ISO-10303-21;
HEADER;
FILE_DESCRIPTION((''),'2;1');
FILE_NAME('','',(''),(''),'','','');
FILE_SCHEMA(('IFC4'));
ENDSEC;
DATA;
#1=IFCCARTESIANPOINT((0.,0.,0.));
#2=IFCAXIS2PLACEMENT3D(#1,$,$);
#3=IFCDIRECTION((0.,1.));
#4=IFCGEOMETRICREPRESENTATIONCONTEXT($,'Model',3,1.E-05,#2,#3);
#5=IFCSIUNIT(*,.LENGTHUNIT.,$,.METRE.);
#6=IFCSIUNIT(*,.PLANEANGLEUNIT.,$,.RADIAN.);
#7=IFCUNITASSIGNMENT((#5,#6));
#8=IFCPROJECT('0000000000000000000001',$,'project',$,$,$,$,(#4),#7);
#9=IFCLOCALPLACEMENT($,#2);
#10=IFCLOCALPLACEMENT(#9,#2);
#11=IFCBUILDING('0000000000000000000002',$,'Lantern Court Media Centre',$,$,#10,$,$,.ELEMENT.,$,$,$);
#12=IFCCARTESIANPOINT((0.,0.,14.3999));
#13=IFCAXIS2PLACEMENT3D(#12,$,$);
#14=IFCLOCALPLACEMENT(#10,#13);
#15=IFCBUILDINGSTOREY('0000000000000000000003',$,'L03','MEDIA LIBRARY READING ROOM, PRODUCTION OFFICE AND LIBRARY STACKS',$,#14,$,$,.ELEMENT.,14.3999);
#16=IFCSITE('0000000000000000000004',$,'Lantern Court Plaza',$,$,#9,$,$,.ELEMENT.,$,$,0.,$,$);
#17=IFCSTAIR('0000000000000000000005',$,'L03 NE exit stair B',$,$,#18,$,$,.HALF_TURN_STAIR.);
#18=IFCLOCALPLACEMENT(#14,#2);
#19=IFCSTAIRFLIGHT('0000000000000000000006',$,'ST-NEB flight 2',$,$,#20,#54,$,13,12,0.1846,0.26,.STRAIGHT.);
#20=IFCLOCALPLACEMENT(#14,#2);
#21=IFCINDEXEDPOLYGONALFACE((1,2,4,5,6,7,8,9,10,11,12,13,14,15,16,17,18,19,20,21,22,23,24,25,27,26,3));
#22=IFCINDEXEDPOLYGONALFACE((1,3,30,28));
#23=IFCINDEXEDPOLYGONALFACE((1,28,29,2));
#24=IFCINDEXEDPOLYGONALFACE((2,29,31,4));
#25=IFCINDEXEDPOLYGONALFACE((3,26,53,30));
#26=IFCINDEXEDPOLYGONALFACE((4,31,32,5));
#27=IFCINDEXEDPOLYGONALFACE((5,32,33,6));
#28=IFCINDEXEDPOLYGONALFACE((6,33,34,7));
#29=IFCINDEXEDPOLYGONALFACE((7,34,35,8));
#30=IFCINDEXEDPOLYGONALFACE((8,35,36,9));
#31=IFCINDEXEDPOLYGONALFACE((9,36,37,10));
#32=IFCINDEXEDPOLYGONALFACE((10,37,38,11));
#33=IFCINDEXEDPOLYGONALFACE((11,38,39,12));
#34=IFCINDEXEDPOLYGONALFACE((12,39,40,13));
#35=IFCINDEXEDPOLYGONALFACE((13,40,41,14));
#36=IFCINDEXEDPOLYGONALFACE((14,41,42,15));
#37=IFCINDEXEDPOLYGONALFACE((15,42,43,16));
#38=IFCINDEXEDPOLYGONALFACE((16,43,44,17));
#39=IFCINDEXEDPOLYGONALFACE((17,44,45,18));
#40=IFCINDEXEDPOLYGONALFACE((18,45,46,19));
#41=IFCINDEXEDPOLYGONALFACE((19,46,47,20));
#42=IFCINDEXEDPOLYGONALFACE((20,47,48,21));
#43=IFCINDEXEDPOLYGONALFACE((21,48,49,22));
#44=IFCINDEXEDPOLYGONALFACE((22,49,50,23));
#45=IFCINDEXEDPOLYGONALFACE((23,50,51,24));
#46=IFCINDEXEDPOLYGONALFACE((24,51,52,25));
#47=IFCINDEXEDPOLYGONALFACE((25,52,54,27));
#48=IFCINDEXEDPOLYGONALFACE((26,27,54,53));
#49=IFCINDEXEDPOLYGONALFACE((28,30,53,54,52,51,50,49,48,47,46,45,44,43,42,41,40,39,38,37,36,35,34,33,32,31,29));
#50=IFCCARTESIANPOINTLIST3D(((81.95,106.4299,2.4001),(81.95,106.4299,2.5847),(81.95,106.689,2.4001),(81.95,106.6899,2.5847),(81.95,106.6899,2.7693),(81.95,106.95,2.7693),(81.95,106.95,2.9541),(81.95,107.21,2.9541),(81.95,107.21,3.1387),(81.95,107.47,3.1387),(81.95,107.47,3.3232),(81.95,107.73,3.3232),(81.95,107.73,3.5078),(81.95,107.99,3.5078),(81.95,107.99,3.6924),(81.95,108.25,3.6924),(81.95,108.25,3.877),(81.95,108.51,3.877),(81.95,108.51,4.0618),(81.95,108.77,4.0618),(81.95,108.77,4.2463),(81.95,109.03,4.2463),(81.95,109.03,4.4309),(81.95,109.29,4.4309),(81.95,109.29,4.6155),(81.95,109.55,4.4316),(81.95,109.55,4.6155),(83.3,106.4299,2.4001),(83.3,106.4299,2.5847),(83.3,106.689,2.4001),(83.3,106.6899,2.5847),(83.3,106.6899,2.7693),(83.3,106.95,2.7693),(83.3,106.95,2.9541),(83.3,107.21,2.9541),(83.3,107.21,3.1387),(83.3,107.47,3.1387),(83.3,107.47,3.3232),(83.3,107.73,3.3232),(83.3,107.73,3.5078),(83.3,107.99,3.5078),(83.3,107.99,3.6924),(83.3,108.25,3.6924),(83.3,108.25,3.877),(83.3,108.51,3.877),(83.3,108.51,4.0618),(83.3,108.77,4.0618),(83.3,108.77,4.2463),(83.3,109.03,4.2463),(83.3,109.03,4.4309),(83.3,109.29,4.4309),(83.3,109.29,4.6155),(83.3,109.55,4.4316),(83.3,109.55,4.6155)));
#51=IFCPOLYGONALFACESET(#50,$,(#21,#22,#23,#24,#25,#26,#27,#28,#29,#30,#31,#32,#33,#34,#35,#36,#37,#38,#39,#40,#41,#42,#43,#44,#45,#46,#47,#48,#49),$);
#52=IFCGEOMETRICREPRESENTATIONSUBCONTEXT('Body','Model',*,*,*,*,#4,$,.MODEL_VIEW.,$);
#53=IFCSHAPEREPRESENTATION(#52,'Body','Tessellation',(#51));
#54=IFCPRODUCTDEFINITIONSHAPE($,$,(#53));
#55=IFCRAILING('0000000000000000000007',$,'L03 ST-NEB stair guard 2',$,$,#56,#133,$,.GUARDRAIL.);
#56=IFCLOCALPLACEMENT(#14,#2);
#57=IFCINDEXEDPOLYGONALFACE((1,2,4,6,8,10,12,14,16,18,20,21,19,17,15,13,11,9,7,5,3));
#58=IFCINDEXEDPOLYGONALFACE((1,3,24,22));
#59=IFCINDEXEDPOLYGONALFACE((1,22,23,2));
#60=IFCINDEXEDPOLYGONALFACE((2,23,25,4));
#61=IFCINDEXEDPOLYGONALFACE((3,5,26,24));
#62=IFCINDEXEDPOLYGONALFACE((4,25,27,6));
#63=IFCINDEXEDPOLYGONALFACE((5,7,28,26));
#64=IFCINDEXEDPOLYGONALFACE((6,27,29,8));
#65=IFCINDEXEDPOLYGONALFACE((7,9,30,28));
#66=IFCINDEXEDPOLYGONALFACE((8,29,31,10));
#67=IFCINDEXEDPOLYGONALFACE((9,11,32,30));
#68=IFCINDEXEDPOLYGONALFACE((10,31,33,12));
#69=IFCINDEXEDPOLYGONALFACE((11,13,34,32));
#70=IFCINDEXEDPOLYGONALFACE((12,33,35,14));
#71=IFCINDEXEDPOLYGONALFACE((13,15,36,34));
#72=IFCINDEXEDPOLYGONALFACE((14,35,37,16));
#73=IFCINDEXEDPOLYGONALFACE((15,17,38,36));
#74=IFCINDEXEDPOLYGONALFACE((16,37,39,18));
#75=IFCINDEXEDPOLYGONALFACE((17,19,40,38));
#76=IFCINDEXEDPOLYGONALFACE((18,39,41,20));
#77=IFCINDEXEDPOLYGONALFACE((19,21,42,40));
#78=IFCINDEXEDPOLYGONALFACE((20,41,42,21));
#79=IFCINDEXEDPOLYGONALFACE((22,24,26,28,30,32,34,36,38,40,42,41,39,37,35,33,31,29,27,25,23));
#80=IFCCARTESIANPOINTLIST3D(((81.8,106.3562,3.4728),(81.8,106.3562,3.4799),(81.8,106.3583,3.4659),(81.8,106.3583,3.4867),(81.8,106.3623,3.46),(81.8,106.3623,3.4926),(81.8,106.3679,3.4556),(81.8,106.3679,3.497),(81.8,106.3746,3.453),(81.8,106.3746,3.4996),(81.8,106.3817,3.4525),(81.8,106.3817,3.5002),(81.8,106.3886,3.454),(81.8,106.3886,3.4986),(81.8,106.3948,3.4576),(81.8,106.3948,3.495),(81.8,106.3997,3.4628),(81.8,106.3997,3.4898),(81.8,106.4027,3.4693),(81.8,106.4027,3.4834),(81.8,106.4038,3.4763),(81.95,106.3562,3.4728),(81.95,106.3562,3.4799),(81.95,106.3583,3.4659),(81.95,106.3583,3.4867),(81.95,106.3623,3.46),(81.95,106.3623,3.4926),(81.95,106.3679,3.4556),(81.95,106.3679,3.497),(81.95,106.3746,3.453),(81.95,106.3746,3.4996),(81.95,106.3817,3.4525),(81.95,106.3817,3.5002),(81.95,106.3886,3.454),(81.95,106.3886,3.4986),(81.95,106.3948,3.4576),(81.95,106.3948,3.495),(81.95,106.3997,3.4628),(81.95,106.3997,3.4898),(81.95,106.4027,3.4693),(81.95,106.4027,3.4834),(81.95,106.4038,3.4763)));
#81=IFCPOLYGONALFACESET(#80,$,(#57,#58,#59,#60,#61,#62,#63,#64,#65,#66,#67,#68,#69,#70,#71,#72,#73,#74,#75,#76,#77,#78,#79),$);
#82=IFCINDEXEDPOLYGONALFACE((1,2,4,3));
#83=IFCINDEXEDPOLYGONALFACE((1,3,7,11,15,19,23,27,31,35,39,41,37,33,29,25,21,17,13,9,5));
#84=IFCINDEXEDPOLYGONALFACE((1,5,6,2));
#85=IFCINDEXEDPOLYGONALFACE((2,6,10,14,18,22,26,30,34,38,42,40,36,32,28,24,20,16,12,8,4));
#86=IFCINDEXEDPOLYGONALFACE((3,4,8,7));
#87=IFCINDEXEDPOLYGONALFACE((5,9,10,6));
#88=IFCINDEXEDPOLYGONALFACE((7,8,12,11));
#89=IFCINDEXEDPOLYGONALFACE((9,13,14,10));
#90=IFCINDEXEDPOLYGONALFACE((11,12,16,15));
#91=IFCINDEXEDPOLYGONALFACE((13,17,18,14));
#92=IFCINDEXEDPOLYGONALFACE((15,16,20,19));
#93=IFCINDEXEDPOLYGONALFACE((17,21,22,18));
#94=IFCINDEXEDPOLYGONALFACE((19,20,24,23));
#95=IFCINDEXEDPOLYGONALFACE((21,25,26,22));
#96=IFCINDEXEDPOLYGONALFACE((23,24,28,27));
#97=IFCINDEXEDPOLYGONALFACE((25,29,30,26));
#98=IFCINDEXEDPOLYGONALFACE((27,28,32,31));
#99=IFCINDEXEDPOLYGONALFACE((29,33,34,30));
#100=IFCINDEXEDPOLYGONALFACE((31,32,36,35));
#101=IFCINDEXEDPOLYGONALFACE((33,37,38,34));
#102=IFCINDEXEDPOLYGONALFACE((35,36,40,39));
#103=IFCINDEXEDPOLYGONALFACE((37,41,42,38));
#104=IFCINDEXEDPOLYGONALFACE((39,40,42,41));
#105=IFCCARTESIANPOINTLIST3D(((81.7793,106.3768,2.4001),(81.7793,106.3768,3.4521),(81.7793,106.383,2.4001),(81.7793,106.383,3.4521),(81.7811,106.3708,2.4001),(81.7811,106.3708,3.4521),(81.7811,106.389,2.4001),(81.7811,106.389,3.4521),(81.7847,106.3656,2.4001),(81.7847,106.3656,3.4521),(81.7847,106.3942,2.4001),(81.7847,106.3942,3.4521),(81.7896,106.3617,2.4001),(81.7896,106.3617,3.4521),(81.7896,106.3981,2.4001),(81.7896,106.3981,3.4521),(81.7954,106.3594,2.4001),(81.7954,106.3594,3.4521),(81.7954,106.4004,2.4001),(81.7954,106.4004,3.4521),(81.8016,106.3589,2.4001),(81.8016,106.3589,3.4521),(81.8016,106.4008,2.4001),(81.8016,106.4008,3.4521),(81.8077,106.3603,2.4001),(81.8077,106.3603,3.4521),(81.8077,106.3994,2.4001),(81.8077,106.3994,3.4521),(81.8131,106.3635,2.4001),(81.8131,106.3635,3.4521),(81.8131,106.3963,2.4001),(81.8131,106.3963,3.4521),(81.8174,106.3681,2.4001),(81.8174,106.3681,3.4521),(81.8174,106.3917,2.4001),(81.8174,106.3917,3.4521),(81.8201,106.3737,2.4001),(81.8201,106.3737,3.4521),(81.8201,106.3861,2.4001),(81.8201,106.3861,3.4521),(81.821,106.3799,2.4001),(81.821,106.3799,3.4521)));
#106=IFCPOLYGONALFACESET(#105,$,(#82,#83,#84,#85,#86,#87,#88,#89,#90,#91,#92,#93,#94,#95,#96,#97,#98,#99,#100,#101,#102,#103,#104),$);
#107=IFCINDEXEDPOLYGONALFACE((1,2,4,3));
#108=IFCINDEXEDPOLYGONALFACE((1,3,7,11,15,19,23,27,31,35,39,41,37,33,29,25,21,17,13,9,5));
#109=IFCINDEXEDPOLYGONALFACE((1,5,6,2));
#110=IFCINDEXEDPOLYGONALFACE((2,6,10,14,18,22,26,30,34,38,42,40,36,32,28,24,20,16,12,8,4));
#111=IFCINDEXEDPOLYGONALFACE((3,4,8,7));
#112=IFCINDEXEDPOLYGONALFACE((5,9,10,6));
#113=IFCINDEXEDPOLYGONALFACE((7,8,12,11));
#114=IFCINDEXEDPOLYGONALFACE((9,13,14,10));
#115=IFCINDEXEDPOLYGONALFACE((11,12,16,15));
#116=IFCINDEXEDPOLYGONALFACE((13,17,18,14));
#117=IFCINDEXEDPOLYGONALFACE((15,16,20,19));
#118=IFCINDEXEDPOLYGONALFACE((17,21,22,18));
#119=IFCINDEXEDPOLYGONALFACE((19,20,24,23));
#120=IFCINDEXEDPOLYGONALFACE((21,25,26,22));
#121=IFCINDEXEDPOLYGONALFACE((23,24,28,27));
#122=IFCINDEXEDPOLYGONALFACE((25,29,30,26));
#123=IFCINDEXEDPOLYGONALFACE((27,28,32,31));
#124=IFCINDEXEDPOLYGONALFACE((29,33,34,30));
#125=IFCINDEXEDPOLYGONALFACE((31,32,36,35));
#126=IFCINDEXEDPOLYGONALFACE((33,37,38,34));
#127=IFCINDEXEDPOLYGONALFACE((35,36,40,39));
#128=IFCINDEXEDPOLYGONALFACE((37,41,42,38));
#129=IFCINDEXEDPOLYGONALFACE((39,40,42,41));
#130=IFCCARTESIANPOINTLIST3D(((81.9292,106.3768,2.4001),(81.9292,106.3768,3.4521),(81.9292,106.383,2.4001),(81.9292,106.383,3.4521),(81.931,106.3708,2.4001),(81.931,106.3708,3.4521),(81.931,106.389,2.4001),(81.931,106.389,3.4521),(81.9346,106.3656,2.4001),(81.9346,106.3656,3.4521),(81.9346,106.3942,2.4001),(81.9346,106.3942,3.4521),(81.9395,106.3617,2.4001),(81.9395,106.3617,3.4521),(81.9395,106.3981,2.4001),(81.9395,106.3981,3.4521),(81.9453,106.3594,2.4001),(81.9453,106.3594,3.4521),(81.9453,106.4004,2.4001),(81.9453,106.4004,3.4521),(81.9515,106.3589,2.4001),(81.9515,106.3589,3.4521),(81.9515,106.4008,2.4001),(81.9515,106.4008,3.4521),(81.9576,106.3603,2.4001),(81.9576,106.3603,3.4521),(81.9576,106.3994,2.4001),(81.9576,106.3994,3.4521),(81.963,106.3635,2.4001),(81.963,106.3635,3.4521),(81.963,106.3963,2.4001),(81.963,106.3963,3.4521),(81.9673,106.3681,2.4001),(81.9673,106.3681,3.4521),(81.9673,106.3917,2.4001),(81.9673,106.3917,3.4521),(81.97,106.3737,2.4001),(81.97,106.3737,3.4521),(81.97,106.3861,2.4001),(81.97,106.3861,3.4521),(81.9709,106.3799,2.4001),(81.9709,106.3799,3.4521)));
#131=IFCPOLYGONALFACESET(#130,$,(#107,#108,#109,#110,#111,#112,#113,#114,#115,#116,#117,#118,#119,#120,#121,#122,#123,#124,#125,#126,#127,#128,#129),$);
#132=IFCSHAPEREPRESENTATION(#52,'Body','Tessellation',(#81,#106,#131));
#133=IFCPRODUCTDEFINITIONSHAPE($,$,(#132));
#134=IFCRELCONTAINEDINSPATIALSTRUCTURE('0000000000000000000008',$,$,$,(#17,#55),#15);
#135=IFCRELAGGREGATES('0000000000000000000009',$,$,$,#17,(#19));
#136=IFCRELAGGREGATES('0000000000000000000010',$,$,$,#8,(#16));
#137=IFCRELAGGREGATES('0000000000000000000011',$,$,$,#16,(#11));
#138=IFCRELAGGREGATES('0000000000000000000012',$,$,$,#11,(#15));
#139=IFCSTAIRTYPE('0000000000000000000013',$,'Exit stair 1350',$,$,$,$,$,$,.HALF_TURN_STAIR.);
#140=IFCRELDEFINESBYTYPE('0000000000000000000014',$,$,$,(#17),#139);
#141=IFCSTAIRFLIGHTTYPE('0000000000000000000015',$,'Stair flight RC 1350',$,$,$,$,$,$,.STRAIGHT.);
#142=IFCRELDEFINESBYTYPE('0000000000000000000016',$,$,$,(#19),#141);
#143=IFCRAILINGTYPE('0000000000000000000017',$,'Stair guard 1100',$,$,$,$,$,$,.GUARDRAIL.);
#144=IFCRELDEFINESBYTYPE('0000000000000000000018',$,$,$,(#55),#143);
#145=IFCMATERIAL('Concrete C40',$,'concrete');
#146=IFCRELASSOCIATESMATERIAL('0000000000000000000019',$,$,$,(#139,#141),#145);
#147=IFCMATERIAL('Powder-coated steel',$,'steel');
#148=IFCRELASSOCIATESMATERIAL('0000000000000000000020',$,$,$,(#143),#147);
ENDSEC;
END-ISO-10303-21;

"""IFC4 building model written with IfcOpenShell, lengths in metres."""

from ifc_helpers import new_model, si_unit, direction, frame, origin, origin_2d, place, context, subcontext, project, spatial, polyline, circle, outline, extrude, material, type_object, element, aggregate, save


model = new_model("IFC4")

# Units and contexts
model_context = context("Model", 3, precision=1e-05, world=origin(), true_north=direction((0.0, 1.0)))
body_context = subcontext(model_context, "Body", "Model", "MODEL_VIEW")
ifc_project = project(units=[si_unit("LENGTHUNIT", "METRE"), si_unit("PLANEANGLEUNIT", "RADIAN")], contexts=[model_context])

# Site, building, storey
site_placement = place(None, origin())
site = spatial("IfcSite", under=ifc_project, at=site_placement, Name="Lantern Court Plaza", CompositionType="ELEMENT", RefElevation=0.0)
building_placement = place(site_placement, origin())
building = spatial("IfcBuilding", under=site, at=building_placement, Name="Lantern Court Media Centre", CompositionType="ELEMENT")
storey_placement = place(building_placement, frame((0.0, 0.0, 14.3999)))
storey = spatial("IfcBuildingStorey", under=building, at=storey_placement, Name="L03", Description="MEDIA LIBRARY READING ROOM, PRODUCTION OFFICE AND LIBRARY STACKS", CompositionType="ELEMENT", Elevation=14.3999)

# Shared definitions
ifc_material_1 = material(Name="Concrete C40", Category="concrete")

# Stair, stair flight
stair_type = type_object("IfcStairType", Name="Exit stair 1350", PredefinedType="HALF_TURN_STAIR", material=ifc_material_1)
stair_placement = place(storey_placement, origin())
stair = element("IfcStair", 1, at=stair_placement, inside=storey, type_object=stair_type, Name="L03 NE exit stair B", PredefinedType="HALF_TURN_STAIR")
stair_flight_type = type_object("IfcStairFlightType", Name="Stair flight RC 1350", PredefinedType="STRAIGHT", material=ifc_material_1)
stair_flight_1_placement = place(storey_placement, frame((82.625, 106.4299, 2.4001), z_axis=(0.0, 0.0, 1.0), x_axis=(0.0, 1.0, 0.0)))
stair_flight_1 = element("IfcStairFlight", 2, at=stair_flight_1_placement, type_object=stair_flight_type, Name="ST-NEB flight 2", NumberOfRisers=13, NumberOfTreads=12, PredefinedType="STRAIGHT", RiserHeight=0.1846, TreadLength=0.26, context=body_context, shape_type="SweptSolid", body=[
    extrude(outline(polyline([(0.0, 0.0), (0.0, 0.1846), (0.26, 0.1846), (0.26, 0.3691), (0.52, 0.3691), (0.52, 0.554), (0.78, 0.554), (0.78, 0.7385), (1.04, 0.7385), (1.04, 0.9231), (1.3, 0.9231), (1.3, 1.1077), (1.5601, 1.1077), (1.5601, 1.2922), (1.8201, 1.2922), (1.8201, 1.4768), (2.0801, 1.4768), (2.0801, 1.6616), (2.3401, 1.6616), (2.3401, 1.8462), (2.6001, 1.8462), (2.6001, 2.0308), (2.8601, 2.0308), (2.8601, 2.2153), (3.1201, 2.2153), (3.1201, 2.3999), (3.1201, 2.0315), (0.259, 0.0), (0.0, 0.0)])), frame((0.0, 0.675, 0.0), z_axis=(0.0, -1.0, 0.0), x_axis=(1.0, 0.0, 0.0)), (0.0, 0.0, 1.0), 1.3501),
])
aggregate(stair, [stair_flight_1])

# Railing
ifc_material_2 = material(Name="Powder-coated steel", Category="steel")
railing_type_1 = type_object("IfcRailingType", Name="Stair guard 1100", PredefinedType="GUARDRAIL", material=ifc_material_2)
railing_1_placement = place(storey_placement, frame((81.8, 106.3799, 2.4001)))
element("IfcRailing", 3, at=railing_1_placement, inside=storey, type_object=railing_type_1, Name="L03 ST-NEB stair guard 2", PredefinedType="GUARDRAIL", context=body_context, shape_type="SweptSolid", body=[
    extrude(circle(Radius=0.0239, at=origin_2d()), frame((0.0, 0.0, 1.0762), z_axis=(1.0, 0.0, 0.0), x_axis=(0.0, 1.0, 0.0)), (0.0, 0.0, 1.0), 0.1499),
    extrude(circle(Radius=0.021, at=origin_2d()), origin(), (0.0, 0.0, 1.0), 1.052),
    extrude(circle(Radius=0.021, at=origin_2d()), frame((0.1499, 0.0, 0.0)), (0.0, 0.0, 1.0), 1.052),
])

save(model, "model.ifc")
